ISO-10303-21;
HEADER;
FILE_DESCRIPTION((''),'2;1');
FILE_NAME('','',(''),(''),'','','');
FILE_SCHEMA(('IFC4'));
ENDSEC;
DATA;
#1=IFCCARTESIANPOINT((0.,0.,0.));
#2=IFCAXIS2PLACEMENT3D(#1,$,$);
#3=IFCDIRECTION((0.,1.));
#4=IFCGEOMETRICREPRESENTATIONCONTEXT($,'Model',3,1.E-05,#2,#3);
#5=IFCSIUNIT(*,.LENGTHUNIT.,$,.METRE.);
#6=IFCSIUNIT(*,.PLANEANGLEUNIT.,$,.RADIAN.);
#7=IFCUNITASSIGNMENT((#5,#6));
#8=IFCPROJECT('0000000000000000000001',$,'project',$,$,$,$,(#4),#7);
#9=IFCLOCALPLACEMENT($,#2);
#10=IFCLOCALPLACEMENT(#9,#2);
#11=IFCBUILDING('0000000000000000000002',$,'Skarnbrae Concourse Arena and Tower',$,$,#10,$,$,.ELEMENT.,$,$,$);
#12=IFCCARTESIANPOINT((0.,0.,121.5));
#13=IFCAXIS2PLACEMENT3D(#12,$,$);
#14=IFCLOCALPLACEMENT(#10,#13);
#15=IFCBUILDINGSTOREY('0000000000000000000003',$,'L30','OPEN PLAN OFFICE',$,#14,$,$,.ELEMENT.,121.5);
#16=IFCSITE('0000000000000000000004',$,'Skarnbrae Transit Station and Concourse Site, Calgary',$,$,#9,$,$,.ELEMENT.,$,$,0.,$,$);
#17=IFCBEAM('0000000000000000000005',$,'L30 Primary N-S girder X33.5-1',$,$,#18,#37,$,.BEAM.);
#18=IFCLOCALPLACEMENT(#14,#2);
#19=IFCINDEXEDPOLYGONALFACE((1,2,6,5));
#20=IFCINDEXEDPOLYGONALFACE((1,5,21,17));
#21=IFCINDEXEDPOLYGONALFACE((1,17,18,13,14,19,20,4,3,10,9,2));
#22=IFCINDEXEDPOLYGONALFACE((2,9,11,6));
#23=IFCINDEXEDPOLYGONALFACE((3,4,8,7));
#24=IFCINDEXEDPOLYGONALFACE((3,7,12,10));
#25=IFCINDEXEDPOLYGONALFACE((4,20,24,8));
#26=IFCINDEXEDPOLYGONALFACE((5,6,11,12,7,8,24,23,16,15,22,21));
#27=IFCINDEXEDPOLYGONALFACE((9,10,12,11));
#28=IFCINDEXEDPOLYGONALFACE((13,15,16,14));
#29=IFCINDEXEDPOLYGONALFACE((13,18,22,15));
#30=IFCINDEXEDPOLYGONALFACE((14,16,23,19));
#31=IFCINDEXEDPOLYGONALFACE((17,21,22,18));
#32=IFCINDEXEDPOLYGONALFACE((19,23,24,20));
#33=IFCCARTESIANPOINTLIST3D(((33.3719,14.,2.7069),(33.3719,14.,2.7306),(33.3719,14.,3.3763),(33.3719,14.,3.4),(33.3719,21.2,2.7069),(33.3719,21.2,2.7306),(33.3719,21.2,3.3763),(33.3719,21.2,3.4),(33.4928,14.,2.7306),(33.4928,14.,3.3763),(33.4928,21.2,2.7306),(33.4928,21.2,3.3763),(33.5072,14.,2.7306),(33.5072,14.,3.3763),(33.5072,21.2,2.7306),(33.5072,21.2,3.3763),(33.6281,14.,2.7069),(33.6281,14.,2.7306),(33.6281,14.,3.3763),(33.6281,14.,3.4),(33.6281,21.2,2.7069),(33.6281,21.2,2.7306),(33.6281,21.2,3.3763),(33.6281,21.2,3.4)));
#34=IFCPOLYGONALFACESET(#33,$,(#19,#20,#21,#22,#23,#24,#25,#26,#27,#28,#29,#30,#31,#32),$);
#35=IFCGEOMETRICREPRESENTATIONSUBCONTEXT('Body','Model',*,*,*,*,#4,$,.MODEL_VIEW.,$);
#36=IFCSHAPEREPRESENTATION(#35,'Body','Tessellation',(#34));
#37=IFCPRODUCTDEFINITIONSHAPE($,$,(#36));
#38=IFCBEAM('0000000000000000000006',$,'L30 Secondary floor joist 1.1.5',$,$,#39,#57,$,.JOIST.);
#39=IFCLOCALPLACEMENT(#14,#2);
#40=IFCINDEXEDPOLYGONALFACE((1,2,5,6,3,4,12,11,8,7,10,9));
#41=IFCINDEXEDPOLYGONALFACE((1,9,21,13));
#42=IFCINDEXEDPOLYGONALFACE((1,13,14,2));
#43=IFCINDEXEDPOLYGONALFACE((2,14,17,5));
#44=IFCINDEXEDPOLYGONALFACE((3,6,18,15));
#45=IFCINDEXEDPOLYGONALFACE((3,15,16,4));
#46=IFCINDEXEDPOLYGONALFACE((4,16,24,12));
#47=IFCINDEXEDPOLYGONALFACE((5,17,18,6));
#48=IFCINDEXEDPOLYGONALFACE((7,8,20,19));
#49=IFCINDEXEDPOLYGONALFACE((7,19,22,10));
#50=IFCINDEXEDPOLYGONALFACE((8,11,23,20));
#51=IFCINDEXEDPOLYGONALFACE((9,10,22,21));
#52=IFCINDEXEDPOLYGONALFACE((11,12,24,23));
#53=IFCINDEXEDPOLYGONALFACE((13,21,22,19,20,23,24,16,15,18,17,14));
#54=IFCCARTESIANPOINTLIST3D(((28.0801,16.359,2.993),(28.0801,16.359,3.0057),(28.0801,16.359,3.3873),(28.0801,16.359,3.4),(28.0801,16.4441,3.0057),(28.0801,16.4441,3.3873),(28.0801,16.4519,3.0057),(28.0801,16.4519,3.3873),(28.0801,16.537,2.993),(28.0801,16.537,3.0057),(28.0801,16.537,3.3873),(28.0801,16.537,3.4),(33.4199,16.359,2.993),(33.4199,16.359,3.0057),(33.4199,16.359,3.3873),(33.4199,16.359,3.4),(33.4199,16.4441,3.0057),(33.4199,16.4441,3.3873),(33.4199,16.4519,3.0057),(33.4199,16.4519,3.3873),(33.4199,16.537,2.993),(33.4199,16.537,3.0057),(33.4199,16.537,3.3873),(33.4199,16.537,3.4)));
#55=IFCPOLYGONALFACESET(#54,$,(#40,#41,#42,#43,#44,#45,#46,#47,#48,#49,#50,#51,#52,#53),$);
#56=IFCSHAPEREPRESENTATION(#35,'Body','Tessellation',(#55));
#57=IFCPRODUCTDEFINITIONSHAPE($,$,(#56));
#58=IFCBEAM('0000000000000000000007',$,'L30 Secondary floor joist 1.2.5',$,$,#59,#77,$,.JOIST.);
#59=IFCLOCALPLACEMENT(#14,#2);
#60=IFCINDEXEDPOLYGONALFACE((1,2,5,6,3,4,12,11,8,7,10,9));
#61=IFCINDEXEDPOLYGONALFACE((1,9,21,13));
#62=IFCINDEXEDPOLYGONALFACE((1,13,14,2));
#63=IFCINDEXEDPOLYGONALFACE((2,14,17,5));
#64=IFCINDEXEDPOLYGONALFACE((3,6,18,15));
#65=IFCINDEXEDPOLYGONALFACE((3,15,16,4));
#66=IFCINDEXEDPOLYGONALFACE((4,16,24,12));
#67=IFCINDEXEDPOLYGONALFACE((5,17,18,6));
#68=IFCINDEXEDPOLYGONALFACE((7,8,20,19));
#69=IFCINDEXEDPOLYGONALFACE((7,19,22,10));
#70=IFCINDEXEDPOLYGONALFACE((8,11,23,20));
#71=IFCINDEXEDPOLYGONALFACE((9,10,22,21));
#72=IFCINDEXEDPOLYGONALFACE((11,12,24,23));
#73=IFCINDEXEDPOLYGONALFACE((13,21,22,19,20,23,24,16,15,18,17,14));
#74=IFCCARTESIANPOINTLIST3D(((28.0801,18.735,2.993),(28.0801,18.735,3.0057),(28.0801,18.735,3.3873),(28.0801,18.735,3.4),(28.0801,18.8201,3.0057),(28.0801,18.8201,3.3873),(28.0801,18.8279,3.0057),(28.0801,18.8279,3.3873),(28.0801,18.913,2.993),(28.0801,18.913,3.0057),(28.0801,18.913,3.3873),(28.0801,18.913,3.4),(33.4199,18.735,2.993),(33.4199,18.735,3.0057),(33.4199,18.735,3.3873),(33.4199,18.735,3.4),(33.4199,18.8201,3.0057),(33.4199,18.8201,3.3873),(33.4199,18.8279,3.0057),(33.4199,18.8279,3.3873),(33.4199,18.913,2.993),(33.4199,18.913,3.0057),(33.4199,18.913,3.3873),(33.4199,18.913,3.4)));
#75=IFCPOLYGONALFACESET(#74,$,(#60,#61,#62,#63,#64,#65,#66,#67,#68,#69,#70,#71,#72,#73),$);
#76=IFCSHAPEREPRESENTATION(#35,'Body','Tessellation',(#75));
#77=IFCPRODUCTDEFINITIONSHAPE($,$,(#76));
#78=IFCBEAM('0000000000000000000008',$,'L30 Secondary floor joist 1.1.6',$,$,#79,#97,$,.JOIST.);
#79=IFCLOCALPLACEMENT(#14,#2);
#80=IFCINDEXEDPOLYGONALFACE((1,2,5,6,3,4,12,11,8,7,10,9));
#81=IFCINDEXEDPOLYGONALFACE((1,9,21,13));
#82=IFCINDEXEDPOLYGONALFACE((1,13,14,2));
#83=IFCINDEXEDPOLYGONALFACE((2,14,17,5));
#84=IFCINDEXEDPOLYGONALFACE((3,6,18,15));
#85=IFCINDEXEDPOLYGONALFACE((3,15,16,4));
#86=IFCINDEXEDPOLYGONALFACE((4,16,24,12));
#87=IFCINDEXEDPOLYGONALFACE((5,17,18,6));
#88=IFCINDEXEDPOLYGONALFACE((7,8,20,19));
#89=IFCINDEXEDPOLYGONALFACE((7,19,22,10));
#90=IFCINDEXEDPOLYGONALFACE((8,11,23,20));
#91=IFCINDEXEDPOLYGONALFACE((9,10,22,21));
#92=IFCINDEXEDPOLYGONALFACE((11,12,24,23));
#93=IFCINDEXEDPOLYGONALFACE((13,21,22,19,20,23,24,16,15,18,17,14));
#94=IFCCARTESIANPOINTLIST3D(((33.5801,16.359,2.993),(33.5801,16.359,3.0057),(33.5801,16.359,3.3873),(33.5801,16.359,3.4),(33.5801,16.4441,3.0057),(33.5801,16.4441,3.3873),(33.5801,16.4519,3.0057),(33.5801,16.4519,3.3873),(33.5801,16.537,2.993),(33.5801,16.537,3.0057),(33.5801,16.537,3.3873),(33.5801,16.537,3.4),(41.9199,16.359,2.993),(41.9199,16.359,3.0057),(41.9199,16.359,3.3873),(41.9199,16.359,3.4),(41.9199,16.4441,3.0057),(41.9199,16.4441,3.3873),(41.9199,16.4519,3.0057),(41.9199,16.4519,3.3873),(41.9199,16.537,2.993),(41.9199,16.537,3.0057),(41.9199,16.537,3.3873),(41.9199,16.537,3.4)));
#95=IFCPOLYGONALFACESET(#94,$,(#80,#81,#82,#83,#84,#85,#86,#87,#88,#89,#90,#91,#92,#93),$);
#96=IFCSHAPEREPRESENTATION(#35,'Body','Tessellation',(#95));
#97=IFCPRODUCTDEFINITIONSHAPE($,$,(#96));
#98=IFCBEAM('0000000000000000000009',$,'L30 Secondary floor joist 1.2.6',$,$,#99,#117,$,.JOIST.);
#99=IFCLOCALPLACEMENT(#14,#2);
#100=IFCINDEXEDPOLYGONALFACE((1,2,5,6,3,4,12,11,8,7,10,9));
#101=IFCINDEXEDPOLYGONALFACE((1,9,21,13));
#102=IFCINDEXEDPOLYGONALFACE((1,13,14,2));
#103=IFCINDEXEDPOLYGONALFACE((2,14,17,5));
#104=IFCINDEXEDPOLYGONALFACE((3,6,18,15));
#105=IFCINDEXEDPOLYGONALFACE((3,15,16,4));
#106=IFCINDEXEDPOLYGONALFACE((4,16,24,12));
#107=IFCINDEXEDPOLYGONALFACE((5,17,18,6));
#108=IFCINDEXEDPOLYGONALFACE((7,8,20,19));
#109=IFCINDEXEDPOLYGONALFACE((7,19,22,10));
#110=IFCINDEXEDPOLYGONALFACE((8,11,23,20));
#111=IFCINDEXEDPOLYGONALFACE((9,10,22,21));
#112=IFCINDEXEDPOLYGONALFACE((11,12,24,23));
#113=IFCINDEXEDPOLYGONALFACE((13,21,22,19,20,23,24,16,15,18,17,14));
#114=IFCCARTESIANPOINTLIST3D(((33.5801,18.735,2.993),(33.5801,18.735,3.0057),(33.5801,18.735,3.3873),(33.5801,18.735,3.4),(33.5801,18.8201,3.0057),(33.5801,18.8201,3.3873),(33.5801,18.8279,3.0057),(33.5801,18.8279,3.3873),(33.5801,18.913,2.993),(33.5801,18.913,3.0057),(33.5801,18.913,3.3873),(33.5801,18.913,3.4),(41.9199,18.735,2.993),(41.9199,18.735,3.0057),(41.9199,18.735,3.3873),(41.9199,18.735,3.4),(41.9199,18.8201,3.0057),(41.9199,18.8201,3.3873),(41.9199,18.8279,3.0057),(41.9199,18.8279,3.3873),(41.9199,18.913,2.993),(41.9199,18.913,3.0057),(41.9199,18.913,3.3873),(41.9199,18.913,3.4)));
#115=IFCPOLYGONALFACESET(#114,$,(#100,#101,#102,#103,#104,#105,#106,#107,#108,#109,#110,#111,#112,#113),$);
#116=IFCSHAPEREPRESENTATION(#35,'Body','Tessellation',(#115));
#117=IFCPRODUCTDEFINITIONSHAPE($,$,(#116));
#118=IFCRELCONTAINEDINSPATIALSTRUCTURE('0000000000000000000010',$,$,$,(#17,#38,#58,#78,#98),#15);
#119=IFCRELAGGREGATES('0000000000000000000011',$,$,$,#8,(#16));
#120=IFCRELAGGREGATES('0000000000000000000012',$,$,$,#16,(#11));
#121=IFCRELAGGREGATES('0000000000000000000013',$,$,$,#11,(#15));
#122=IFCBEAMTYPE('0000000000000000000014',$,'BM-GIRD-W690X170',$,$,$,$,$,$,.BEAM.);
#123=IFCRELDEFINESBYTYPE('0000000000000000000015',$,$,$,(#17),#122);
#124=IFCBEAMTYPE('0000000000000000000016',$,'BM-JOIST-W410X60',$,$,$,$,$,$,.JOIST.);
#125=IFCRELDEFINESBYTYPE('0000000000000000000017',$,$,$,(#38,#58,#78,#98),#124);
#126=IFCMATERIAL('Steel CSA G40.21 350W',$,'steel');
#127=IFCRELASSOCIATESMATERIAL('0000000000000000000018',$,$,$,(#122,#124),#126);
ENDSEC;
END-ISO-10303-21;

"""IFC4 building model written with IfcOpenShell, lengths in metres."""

from ifc_helpers import new_model, si_unit, direction, frame, origin, origin_2d, place, context, subcontext, project, spatial, i_section, extrude, source, transform, mapped, material, material_profile, profile_set, type_object, element, save


model = new_model("IFC4")

# Units and contexts
model_context = context("Model", 3, precision=1e-05, world=origin(), true_north=direction((0.0, 1.0)))
body_context = subcontext(model_context, "Body", "Model", "MODEL_VIEW")
ifc_project = project(units=[si_unit("LENGTHUNIT", "METRE"), si_unit("PLANEANGLEUNIT", "RADIAN")], contexts=[model_context])

# Site, building, storey
site_placement = place(None, origin())
site = spatial("IfcSite", under=ifc_project, at=site_placement, Name="Skarnbrae Transit Station and Concourse Site, Calgary", CompositionType="ELEMENT", RefElevation=0.0)
building_placement = place(site_placement, origin())
building = spatial("IfcBuilding", under=site, at=building_placement, Name="Skarnbrae Concourse Arena and Tower", CompositionType="ELEMENT")
storey_placement = place(building_placement, frame((0.0, 0.0, 121.5)))
storey = spatial("IfcBuildingStorey", under=building, at=storey_placement, Name="L30", Description="OPEN PLAN OFFICE", CompositionType="ELEMENT", Elevation=121.5)

# Shared definitions
ifc_material_1 = material(Name="Steel CSA G40.21 350W", Category="steel")

# Beams
ifc_material_profile_1 = material_profile(ifc_material_1, i_section(OverallWidth=0.2561, OverallDepth=0.6931, WebThickness=0.0144, FlangeThickness=0.0237, at=origin_2d()), Name="W690X170")
ifc_profile_set_1 = profile_set([ifc_material_profile_1], Name="Steel CSA G40.21 350W")
beam_type_1 = type_object("IfcBeamType", Name="BM-GIRD-W690X170", PredefinedType="BEAM", material=ifc_profile_set_1)
shared_shape_1 = source(origin(), body_context, "Body", "SweptSolid", [
    extrude(i_section(OverallWidth=0.2561, OverallDepth=0.6931, WebThickness=0.0144, FlangeThickness=0.0237, at=origin_2d()), origin(), (0.0, 0.0, 1.0), 7.2),
])
for number, where, z_axis, x_axis, name in (
    (1, (33.5, 14.0, 3.0535), (0.0, 1.0, 0.0), (-1.0, 0.0, 0.0), "L30 Primary N-S girder X33.5-1"),
):
    element("IfcBeam", number, at=place(storey_placement, frame(where, z_axis=z_axis, x_axis=x_axis)), inside=storey, type_object=beam_type_1, Name=name, PredefinedType="BEAM", context=body_context, shape_type="MappedRepresentation", body=[
        mapped(shared_shape_1, transform((0.0, 0.0, 0.0))),
    ])
ifc_material_profile_2 = material_profile(ifc_material_1, i_section(OverallWidth=0.178, OverallDepth=0.407, WebThickness=0.0078, FlangeThickness=0.0127, at=origin_2d()), Name="W410X60")
ifc_profile_set_2 = profile_set([ifc_material_profile_2], Name="Steel CSA G40.21 350W")
beam_type_2 = type_object("IfcBeamType", Name="BM-JOIST-W410X60", PredefinedType="JOIST", material=ifc_profile_set_2)
shared_shape_2 = source(origin(), body_context, "Body", "SweptSolid", [
    extrude(i_section(OverallWidth=0.178, OverallDepth=0.407, WebThickness=0.0078, FlangeThickness=0.0127, at=origin_2d()), origin(), (0.0, 0.0, 1.0), 5.3398),
])
for number, where, z_axis, x_axis, name in (
    (2, (28.0801, 16.448, 3.1965), (1.0, 0.0, 0.0), (0.0, 1.0, 0.0), "L30 Secondary floor joist 1.1.5"),
    (3, (28.0801, 18.824, 3.1965), (1.0, 0.0, 0.0), (0.0, 1.0, 0.0), "L30 Secondary floor joist 1.2.5"),
):
    element("IfcBeam", number, at=place(storey_placement, frame(where, z_axis=z_axis, x_axis=x_axis)), inside=storey, type_object=beam_type_2, Name=name, PredefinedType="JOIST", context=body_context, shape_type="MappedRepresentation", body=[
        mapped(shared_shape_2, transform((0.0, 0.0, 0.0))),
    ])
shared_shape_3 = source(origin(), body_context, "Body", "SweptSolid", [
    extrude(i_section(OverallWidth=0.178, OverallDepth=0.407, WebThickness=0.0078, FlangeThickness=0.0127, at=origin_2d()), origin(), (0.0, 0.0, 1.0), 8.3398),
])
for number, where, z_axis, x_axis, name in (
    (4, (33.5801, 16.448, 3.1965), (1.0, 0.0, 0.0), (0.0, 1.0, 0.0), "L30 Secondary floor joist 1.1.6"),
    (5, (33.5801, 18.824, 3.1965), (1.0, 0.0, 0.0), (0.0, 1.0, 0.0), "L30 Secondary floor joist 1.2.6"),
):
    element("IfcBeam", number, at=place(storey_placement, frame(where, z_axis=z_axis, x_axis=x_axis)), inside=storey, type_object=beam_type_2, Name=name, PredefinedType="JOIST", context=body_context, shape_type="MappedRepresentation", body=[
        mapped(shared_shape_3, transform((0.0, 0.0, 0.0))),
    ])

save(model, "model.ifc")
